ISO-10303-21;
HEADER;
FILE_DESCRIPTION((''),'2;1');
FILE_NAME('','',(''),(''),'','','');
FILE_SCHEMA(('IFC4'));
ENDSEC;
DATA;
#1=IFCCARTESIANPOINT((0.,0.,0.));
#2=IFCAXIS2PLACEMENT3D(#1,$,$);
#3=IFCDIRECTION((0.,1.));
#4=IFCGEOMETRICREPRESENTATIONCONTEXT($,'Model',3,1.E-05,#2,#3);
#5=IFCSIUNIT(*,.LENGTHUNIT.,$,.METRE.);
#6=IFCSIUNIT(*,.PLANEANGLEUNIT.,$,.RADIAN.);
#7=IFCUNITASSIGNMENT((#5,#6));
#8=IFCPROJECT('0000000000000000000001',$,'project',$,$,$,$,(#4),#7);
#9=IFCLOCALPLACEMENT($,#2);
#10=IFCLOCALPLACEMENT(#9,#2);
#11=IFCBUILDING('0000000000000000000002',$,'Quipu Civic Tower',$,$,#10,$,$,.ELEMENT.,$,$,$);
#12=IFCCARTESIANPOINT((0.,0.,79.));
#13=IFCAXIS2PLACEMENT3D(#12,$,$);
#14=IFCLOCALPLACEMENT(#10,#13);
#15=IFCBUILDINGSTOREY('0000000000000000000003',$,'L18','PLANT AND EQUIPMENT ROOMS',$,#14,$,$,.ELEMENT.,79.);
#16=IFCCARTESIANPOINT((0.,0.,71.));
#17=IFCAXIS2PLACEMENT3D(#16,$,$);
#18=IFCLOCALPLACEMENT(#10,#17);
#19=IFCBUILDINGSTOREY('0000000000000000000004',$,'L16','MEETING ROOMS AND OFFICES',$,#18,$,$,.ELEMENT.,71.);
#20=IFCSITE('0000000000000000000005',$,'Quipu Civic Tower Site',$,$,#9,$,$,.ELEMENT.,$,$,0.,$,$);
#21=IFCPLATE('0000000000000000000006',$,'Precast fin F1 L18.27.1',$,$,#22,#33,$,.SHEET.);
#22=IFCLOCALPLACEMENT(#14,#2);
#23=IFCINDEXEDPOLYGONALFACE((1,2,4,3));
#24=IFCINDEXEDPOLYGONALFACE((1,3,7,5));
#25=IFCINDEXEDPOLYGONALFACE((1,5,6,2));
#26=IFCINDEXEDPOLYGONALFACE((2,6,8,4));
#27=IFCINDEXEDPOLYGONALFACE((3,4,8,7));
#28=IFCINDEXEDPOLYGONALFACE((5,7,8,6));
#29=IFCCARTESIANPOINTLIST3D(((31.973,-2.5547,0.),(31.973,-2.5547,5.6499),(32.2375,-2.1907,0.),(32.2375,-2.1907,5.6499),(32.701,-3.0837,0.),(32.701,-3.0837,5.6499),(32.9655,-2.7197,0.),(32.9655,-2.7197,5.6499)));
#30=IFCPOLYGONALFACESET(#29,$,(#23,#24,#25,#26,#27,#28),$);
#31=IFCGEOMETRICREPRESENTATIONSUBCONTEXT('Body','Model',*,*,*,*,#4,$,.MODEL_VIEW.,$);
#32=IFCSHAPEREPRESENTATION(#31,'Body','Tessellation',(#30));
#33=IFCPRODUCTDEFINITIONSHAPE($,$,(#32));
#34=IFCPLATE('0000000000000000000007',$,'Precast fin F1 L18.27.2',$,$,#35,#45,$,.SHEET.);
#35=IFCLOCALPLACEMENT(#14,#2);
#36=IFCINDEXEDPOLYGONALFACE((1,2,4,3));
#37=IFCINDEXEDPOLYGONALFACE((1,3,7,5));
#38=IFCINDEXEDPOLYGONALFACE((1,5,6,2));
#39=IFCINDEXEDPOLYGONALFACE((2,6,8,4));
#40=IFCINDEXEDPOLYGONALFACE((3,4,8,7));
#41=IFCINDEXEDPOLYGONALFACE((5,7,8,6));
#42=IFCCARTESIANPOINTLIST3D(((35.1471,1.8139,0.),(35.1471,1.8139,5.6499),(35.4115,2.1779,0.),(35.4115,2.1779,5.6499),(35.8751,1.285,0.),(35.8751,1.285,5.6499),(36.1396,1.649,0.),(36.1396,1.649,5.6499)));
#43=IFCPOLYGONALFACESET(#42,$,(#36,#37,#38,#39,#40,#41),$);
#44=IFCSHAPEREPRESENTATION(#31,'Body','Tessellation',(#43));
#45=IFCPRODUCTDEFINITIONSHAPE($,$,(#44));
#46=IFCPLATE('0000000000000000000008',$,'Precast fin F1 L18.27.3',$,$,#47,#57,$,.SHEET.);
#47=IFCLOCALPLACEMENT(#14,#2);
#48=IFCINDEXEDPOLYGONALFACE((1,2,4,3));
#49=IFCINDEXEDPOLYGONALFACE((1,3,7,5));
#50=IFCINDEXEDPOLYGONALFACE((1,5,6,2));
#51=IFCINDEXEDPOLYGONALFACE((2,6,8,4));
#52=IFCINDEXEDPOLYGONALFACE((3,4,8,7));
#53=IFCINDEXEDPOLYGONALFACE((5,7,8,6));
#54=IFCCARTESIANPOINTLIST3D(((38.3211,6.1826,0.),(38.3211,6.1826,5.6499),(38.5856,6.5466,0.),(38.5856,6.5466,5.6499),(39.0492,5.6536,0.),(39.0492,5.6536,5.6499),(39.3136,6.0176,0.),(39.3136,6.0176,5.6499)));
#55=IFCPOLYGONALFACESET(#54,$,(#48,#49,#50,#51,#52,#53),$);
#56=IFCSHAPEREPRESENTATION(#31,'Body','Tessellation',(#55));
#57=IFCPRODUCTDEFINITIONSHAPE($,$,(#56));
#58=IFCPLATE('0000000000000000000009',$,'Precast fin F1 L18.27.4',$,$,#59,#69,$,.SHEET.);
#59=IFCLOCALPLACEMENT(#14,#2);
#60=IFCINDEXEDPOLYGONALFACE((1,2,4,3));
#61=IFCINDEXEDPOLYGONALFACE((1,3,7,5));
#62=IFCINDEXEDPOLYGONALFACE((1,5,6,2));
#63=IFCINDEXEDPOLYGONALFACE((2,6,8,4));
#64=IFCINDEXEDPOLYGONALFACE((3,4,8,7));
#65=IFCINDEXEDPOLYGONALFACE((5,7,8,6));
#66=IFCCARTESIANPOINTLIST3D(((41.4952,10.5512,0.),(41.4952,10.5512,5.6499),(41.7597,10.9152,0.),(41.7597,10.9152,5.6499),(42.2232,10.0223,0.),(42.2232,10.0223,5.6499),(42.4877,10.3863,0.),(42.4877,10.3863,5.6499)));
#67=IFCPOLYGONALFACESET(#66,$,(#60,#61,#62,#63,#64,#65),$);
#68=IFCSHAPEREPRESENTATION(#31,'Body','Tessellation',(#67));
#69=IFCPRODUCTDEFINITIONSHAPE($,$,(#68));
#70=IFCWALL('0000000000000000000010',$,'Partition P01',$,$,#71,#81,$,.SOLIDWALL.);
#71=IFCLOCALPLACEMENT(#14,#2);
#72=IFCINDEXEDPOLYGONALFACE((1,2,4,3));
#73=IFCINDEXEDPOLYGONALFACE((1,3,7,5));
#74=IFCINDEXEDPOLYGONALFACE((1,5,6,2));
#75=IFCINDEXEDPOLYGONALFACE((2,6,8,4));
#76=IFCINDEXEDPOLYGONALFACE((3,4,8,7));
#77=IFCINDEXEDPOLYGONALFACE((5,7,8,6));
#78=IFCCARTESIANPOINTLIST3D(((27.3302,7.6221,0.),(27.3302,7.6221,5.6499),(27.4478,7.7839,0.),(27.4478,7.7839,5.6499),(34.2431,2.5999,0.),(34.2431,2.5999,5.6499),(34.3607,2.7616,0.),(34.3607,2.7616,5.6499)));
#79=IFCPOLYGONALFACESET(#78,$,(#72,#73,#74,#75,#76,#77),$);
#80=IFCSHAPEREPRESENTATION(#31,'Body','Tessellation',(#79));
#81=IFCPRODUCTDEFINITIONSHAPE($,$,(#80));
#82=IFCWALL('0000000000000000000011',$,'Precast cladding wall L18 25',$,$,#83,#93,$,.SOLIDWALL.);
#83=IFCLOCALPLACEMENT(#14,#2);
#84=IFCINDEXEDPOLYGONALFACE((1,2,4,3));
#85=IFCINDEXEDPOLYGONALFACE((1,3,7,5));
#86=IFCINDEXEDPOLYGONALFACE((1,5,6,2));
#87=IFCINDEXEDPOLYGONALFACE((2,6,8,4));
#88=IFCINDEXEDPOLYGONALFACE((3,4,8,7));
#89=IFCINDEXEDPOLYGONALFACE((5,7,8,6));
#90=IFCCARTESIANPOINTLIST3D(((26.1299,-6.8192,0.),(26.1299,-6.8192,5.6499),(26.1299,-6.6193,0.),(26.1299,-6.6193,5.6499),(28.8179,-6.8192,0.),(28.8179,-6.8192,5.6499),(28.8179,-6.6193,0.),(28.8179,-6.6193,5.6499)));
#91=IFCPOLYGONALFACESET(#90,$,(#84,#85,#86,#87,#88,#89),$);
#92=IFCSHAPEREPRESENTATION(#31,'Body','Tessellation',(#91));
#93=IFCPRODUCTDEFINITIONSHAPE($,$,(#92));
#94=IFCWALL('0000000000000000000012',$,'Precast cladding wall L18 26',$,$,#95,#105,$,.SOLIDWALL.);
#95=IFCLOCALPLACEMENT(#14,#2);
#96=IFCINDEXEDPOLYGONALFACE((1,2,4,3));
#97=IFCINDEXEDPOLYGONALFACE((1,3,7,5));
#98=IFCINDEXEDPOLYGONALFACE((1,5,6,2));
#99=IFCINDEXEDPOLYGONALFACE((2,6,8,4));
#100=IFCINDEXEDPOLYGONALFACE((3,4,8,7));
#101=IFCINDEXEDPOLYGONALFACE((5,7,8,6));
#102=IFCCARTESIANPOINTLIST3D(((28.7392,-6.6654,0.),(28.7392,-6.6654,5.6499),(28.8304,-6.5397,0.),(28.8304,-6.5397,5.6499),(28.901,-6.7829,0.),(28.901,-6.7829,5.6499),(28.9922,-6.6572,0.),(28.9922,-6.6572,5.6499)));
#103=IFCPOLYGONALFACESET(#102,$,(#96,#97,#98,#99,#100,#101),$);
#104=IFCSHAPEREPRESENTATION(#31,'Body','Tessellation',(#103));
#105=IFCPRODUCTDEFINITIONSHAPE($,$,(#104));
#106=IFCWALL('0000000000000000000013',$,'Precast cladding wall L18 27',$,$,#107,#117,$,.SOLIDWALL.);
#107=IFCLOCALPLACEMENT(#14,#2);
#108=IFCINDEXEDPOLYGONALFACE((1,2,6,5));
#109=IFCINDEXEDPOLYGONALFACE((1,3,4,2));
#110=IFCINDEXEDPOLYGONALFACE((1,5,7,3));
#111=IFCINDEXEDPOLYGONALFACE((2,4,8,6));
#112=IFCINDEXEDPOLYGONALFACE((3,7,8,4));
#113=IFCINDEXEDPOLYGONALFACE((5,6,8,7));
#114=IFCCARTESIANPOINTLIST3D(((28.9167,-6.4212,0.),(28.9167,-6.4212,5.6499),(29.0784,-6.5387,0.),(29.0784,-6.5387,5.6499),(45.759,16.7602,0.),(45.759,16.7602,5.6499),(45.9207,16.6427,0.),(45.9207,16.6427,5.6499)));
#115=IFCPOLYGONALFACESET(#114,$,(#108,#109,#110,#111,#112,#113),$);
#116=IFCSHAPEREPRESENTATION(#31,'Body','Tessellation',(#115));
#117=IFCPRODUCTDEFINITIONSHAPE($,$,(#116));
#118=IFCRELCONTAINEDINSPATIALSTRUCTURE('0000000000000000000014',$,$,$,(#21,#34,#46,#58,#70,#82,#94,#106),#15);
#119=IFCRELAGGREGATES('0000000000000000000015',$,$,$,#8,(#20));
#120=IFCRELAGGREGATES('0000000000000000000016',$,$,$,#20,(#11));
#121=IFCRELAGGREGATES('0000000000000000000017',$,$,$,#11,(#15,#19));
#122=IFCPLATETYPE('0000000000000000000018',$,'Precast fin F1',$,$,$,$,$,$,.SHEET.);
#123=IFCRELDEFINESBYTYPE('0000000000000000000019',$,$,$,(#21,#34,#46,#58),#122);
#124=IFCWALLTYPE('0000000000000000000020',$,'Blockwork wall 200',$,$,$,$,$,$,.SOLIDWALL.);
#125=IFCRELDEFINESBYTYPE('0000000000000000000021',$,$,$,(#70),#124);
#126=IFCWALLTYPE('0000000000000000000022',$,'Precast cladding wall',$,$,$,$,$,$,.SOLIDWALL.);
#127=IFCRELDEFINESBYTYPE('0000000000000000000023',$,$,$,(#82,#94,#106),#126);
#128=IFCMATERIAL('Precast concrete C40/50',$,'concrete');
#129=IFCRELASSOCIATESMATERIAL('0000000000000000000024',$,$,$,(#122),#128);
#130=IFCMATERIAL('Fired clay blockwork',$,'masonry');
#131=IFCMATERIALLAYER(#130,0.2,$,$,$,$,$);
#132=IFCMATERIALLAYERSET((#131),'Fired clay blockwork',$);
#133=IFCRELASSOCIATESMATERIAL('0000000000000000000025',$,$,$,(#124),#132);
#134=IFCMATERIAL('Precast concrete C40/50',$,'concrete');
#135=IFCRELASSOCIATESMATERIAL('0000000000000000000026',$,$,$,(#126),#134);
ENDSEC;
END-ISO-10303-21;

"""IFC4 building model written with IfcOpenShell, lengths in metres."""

from ifc_helpers import new_model, si_unit, direction, frame, frame_2d, origin, origin_2d, place, context, subcontext, project, spatial, rectangle, extrude, material, layer, layer_set, type_object, element, save


model = new_model("IFC4")

# Units and contexts
model_context = context("Model", 3, precision=1e-05, world=origin(), true_north=direction((0.0, 1.0)))
body_context = subcontext(model_context, "Body", "Model", "MODEL_VIEW")
ifc_project = project(units=[si_unit("LENGTHUNIT", "METRE"), si_unit("PLANEANGLEUNIT", "RADIAN")], contexts=[model_context])

# Site, building, storey
site_placement = place(None, origin())
site = spatial("IfcSite", under=ifc_project, at=site_placement, Name="Quipu Civic Tower Site", CompositionType="ELEMENT", RefElevation=0.0)
building_placement = place(site_placement, origin())
building = spatial("IfcBuilding", under=site, at=building_placement, Name="Quipu Civic Tower", CompositionType="ELEMENT")
storey_1_placement = place(building_placement, frame((0.0, 0.0, 79.0)))
storey_1 = spatial("IfcBuildingStorey", under=building, at=storey_1_placement, Name="L18", Description="PLANT AND EQUIPMENT ROOMS", CompositionType="ELEMENT", Elevation=79.0)

# Shared definitions
storey_2_placement = place(building_placement, frame((0.0, 0.0, 71.0)))
storey_2 = spatial("IfcBuildingStorey", under=building, at=storey_2_placement, Name="L16", Description="MEETING ROOMS AND OFFICES", CompositionType="ELEMENT", Elevation=71.0)

# Plates
ifc_material_1 = material(Name="Precast concrete C40/50", Category="concrete")
plate_type = type_object("IfcPlateType", Name="Precast fin F1", PredefinedType="SHEET", material=ifc_material_1)
for number, where, z_axis, x_axis, name in (
    (1, (32.4692, -2.6372, 0.0), (0.0, 0.0, 1.0), (0.587786, 0.809017, 0.0), "Precast fin F1 L18.27.1"),
    (2, (35.6433, 1.7314, 0.0), (0.0, 0.0, 1.0), (0.587786, 0.809017, 0.0), "Precast fin F1 L18.27.2"),
    (3, (38.8174, 6.1001, 0.0), (0.0, 0.0, 1.0), (0.587786, 0.809017, 0.0), "Precast fin F1 L18.27.3"),
    (4, (41.9915, 10.4688, 0.0), (0.0, 0.0, 1.0), (0.587786, 0.809017, 0.0), "Precast fin F1 L18.27.4"),
):
    element("IfcPlate", number, at=place(storey_1_placement, frame(where, z_axis=z_axis, x_axis=x_axis)), inside=storey_1, type_object=plate_type, Name=name, PredefinedType="SHEET", context=body_context, shape_type="SweptSolid", body=[
        extrude(rectangle(XDim=0.45, YDim=0.8999, at=origin_2d()), origin(), (0.0, 0.0, 1.0), 5.6499),
    ])

# Walls
ifc_material_2 = material(Name="Fired clay blockwork", Category="masonry")
ifc_layer = layer(ifc_material_2, 0.2)
ifc_layer_set = layer_set([ifc_layer], Name="Fired clay blockwork")
wall_type_1 = type_object("IfcWallType", Name="Blockwork wall 200", PredefinedType="SOLIDWALL", material=ifc_layer_set)
wall_1_placement = place(storey_1_placement, frame((34.302, 2.6807, 0.0), z_axis=(0.0, 0.0, 1.0), x_axis=(-0.809031, 0.587766, 0.0)))
element("IfcWall", 5, at=wall_1_placement, inside=storey_1, type_object=wall_type_1, Name="Partition P01", PredefinedType="SOLIDWALL", context=body_context, shape_type="SweptSolid", body=[
    extrude(rectangle(XDim=8.5447, YDim=0.2, at=frame_2d((4.2725, 0.0))), origin(), (0.0, 0.0, 1.0), 5.6499),
])
ifc_material_3 = material(Name="Precast concrete C40/50", Category="concrete")
wall_type_2 = type_object("IfcWallType", Name="Precast cladding wall", PredefinedType="SOLIDWALL", material=ifc_material_3)
wall_2_placement = place(storey_1_placement, frame((26.1299, -6.7192, 0.0), z_axis=(0.0, 0.0, 1.0), x_axis=(1.0, 0.0, 0.0)))
element("IfcWall", 6, at=wall_2_placement, inside=storey_1, type_object=wall_type_2, Name="Precast cladding wall L18 25", PredefinedType="SOLIDWALL", context=body_context, shape_type="SweptSolid", body=[
    extrude(rectangle(XDim=2.688, YDim=0.2, at=frame_2d((1.344, 0.0))), origin(), (0.0, 0.0, 1.0), 5.6499),
])
wall_3_placement = place(storey_1_placement, frame((28.8201, -6.7241, 0.0), z_axis=(0.0, 0.0, 1.0), x_axis=(0.587611, 0.809144, 0.0)))
element("IfcWall", 7, at=wall_3_placement, inside=storey_1, type_object=wall_type_2, Name="Precast cladding wall L18 26", PredefinedType="SOLIDWALL", context=body_context, shape_type="SweptSolid", body=[
    extrude(rectangle(XDim=0.1553, YDim=0.2, at=frame_2d((0.0776, 0.0))), origin(), (0.0, 0.0, 1.0), 5.6499),
])
wall_4_placement = place(storey_1_placement, frame((28.9976, -6.48, 0.0), z_axis=(0.0, 0.0, 1.0), x_axis=(0.587786, 0.809017, 0.0)))
element("IfcWall", 8, at=wall_4_placement, inside=storey_1, type_object=wall_type_2, Name="Precast cladding wall L18 27", PredefinedType="SOLIDWALL", context=body_context, shape_type="SweptSolid", body=[
    extrude(rectangle(XDim=28.6538, YDim=0.2, at=frame_2d((14.3269, 0.0))), origin(), (0.0, 0.0, 1.0), 5.6499),
])

save(model, "model.ifc")
